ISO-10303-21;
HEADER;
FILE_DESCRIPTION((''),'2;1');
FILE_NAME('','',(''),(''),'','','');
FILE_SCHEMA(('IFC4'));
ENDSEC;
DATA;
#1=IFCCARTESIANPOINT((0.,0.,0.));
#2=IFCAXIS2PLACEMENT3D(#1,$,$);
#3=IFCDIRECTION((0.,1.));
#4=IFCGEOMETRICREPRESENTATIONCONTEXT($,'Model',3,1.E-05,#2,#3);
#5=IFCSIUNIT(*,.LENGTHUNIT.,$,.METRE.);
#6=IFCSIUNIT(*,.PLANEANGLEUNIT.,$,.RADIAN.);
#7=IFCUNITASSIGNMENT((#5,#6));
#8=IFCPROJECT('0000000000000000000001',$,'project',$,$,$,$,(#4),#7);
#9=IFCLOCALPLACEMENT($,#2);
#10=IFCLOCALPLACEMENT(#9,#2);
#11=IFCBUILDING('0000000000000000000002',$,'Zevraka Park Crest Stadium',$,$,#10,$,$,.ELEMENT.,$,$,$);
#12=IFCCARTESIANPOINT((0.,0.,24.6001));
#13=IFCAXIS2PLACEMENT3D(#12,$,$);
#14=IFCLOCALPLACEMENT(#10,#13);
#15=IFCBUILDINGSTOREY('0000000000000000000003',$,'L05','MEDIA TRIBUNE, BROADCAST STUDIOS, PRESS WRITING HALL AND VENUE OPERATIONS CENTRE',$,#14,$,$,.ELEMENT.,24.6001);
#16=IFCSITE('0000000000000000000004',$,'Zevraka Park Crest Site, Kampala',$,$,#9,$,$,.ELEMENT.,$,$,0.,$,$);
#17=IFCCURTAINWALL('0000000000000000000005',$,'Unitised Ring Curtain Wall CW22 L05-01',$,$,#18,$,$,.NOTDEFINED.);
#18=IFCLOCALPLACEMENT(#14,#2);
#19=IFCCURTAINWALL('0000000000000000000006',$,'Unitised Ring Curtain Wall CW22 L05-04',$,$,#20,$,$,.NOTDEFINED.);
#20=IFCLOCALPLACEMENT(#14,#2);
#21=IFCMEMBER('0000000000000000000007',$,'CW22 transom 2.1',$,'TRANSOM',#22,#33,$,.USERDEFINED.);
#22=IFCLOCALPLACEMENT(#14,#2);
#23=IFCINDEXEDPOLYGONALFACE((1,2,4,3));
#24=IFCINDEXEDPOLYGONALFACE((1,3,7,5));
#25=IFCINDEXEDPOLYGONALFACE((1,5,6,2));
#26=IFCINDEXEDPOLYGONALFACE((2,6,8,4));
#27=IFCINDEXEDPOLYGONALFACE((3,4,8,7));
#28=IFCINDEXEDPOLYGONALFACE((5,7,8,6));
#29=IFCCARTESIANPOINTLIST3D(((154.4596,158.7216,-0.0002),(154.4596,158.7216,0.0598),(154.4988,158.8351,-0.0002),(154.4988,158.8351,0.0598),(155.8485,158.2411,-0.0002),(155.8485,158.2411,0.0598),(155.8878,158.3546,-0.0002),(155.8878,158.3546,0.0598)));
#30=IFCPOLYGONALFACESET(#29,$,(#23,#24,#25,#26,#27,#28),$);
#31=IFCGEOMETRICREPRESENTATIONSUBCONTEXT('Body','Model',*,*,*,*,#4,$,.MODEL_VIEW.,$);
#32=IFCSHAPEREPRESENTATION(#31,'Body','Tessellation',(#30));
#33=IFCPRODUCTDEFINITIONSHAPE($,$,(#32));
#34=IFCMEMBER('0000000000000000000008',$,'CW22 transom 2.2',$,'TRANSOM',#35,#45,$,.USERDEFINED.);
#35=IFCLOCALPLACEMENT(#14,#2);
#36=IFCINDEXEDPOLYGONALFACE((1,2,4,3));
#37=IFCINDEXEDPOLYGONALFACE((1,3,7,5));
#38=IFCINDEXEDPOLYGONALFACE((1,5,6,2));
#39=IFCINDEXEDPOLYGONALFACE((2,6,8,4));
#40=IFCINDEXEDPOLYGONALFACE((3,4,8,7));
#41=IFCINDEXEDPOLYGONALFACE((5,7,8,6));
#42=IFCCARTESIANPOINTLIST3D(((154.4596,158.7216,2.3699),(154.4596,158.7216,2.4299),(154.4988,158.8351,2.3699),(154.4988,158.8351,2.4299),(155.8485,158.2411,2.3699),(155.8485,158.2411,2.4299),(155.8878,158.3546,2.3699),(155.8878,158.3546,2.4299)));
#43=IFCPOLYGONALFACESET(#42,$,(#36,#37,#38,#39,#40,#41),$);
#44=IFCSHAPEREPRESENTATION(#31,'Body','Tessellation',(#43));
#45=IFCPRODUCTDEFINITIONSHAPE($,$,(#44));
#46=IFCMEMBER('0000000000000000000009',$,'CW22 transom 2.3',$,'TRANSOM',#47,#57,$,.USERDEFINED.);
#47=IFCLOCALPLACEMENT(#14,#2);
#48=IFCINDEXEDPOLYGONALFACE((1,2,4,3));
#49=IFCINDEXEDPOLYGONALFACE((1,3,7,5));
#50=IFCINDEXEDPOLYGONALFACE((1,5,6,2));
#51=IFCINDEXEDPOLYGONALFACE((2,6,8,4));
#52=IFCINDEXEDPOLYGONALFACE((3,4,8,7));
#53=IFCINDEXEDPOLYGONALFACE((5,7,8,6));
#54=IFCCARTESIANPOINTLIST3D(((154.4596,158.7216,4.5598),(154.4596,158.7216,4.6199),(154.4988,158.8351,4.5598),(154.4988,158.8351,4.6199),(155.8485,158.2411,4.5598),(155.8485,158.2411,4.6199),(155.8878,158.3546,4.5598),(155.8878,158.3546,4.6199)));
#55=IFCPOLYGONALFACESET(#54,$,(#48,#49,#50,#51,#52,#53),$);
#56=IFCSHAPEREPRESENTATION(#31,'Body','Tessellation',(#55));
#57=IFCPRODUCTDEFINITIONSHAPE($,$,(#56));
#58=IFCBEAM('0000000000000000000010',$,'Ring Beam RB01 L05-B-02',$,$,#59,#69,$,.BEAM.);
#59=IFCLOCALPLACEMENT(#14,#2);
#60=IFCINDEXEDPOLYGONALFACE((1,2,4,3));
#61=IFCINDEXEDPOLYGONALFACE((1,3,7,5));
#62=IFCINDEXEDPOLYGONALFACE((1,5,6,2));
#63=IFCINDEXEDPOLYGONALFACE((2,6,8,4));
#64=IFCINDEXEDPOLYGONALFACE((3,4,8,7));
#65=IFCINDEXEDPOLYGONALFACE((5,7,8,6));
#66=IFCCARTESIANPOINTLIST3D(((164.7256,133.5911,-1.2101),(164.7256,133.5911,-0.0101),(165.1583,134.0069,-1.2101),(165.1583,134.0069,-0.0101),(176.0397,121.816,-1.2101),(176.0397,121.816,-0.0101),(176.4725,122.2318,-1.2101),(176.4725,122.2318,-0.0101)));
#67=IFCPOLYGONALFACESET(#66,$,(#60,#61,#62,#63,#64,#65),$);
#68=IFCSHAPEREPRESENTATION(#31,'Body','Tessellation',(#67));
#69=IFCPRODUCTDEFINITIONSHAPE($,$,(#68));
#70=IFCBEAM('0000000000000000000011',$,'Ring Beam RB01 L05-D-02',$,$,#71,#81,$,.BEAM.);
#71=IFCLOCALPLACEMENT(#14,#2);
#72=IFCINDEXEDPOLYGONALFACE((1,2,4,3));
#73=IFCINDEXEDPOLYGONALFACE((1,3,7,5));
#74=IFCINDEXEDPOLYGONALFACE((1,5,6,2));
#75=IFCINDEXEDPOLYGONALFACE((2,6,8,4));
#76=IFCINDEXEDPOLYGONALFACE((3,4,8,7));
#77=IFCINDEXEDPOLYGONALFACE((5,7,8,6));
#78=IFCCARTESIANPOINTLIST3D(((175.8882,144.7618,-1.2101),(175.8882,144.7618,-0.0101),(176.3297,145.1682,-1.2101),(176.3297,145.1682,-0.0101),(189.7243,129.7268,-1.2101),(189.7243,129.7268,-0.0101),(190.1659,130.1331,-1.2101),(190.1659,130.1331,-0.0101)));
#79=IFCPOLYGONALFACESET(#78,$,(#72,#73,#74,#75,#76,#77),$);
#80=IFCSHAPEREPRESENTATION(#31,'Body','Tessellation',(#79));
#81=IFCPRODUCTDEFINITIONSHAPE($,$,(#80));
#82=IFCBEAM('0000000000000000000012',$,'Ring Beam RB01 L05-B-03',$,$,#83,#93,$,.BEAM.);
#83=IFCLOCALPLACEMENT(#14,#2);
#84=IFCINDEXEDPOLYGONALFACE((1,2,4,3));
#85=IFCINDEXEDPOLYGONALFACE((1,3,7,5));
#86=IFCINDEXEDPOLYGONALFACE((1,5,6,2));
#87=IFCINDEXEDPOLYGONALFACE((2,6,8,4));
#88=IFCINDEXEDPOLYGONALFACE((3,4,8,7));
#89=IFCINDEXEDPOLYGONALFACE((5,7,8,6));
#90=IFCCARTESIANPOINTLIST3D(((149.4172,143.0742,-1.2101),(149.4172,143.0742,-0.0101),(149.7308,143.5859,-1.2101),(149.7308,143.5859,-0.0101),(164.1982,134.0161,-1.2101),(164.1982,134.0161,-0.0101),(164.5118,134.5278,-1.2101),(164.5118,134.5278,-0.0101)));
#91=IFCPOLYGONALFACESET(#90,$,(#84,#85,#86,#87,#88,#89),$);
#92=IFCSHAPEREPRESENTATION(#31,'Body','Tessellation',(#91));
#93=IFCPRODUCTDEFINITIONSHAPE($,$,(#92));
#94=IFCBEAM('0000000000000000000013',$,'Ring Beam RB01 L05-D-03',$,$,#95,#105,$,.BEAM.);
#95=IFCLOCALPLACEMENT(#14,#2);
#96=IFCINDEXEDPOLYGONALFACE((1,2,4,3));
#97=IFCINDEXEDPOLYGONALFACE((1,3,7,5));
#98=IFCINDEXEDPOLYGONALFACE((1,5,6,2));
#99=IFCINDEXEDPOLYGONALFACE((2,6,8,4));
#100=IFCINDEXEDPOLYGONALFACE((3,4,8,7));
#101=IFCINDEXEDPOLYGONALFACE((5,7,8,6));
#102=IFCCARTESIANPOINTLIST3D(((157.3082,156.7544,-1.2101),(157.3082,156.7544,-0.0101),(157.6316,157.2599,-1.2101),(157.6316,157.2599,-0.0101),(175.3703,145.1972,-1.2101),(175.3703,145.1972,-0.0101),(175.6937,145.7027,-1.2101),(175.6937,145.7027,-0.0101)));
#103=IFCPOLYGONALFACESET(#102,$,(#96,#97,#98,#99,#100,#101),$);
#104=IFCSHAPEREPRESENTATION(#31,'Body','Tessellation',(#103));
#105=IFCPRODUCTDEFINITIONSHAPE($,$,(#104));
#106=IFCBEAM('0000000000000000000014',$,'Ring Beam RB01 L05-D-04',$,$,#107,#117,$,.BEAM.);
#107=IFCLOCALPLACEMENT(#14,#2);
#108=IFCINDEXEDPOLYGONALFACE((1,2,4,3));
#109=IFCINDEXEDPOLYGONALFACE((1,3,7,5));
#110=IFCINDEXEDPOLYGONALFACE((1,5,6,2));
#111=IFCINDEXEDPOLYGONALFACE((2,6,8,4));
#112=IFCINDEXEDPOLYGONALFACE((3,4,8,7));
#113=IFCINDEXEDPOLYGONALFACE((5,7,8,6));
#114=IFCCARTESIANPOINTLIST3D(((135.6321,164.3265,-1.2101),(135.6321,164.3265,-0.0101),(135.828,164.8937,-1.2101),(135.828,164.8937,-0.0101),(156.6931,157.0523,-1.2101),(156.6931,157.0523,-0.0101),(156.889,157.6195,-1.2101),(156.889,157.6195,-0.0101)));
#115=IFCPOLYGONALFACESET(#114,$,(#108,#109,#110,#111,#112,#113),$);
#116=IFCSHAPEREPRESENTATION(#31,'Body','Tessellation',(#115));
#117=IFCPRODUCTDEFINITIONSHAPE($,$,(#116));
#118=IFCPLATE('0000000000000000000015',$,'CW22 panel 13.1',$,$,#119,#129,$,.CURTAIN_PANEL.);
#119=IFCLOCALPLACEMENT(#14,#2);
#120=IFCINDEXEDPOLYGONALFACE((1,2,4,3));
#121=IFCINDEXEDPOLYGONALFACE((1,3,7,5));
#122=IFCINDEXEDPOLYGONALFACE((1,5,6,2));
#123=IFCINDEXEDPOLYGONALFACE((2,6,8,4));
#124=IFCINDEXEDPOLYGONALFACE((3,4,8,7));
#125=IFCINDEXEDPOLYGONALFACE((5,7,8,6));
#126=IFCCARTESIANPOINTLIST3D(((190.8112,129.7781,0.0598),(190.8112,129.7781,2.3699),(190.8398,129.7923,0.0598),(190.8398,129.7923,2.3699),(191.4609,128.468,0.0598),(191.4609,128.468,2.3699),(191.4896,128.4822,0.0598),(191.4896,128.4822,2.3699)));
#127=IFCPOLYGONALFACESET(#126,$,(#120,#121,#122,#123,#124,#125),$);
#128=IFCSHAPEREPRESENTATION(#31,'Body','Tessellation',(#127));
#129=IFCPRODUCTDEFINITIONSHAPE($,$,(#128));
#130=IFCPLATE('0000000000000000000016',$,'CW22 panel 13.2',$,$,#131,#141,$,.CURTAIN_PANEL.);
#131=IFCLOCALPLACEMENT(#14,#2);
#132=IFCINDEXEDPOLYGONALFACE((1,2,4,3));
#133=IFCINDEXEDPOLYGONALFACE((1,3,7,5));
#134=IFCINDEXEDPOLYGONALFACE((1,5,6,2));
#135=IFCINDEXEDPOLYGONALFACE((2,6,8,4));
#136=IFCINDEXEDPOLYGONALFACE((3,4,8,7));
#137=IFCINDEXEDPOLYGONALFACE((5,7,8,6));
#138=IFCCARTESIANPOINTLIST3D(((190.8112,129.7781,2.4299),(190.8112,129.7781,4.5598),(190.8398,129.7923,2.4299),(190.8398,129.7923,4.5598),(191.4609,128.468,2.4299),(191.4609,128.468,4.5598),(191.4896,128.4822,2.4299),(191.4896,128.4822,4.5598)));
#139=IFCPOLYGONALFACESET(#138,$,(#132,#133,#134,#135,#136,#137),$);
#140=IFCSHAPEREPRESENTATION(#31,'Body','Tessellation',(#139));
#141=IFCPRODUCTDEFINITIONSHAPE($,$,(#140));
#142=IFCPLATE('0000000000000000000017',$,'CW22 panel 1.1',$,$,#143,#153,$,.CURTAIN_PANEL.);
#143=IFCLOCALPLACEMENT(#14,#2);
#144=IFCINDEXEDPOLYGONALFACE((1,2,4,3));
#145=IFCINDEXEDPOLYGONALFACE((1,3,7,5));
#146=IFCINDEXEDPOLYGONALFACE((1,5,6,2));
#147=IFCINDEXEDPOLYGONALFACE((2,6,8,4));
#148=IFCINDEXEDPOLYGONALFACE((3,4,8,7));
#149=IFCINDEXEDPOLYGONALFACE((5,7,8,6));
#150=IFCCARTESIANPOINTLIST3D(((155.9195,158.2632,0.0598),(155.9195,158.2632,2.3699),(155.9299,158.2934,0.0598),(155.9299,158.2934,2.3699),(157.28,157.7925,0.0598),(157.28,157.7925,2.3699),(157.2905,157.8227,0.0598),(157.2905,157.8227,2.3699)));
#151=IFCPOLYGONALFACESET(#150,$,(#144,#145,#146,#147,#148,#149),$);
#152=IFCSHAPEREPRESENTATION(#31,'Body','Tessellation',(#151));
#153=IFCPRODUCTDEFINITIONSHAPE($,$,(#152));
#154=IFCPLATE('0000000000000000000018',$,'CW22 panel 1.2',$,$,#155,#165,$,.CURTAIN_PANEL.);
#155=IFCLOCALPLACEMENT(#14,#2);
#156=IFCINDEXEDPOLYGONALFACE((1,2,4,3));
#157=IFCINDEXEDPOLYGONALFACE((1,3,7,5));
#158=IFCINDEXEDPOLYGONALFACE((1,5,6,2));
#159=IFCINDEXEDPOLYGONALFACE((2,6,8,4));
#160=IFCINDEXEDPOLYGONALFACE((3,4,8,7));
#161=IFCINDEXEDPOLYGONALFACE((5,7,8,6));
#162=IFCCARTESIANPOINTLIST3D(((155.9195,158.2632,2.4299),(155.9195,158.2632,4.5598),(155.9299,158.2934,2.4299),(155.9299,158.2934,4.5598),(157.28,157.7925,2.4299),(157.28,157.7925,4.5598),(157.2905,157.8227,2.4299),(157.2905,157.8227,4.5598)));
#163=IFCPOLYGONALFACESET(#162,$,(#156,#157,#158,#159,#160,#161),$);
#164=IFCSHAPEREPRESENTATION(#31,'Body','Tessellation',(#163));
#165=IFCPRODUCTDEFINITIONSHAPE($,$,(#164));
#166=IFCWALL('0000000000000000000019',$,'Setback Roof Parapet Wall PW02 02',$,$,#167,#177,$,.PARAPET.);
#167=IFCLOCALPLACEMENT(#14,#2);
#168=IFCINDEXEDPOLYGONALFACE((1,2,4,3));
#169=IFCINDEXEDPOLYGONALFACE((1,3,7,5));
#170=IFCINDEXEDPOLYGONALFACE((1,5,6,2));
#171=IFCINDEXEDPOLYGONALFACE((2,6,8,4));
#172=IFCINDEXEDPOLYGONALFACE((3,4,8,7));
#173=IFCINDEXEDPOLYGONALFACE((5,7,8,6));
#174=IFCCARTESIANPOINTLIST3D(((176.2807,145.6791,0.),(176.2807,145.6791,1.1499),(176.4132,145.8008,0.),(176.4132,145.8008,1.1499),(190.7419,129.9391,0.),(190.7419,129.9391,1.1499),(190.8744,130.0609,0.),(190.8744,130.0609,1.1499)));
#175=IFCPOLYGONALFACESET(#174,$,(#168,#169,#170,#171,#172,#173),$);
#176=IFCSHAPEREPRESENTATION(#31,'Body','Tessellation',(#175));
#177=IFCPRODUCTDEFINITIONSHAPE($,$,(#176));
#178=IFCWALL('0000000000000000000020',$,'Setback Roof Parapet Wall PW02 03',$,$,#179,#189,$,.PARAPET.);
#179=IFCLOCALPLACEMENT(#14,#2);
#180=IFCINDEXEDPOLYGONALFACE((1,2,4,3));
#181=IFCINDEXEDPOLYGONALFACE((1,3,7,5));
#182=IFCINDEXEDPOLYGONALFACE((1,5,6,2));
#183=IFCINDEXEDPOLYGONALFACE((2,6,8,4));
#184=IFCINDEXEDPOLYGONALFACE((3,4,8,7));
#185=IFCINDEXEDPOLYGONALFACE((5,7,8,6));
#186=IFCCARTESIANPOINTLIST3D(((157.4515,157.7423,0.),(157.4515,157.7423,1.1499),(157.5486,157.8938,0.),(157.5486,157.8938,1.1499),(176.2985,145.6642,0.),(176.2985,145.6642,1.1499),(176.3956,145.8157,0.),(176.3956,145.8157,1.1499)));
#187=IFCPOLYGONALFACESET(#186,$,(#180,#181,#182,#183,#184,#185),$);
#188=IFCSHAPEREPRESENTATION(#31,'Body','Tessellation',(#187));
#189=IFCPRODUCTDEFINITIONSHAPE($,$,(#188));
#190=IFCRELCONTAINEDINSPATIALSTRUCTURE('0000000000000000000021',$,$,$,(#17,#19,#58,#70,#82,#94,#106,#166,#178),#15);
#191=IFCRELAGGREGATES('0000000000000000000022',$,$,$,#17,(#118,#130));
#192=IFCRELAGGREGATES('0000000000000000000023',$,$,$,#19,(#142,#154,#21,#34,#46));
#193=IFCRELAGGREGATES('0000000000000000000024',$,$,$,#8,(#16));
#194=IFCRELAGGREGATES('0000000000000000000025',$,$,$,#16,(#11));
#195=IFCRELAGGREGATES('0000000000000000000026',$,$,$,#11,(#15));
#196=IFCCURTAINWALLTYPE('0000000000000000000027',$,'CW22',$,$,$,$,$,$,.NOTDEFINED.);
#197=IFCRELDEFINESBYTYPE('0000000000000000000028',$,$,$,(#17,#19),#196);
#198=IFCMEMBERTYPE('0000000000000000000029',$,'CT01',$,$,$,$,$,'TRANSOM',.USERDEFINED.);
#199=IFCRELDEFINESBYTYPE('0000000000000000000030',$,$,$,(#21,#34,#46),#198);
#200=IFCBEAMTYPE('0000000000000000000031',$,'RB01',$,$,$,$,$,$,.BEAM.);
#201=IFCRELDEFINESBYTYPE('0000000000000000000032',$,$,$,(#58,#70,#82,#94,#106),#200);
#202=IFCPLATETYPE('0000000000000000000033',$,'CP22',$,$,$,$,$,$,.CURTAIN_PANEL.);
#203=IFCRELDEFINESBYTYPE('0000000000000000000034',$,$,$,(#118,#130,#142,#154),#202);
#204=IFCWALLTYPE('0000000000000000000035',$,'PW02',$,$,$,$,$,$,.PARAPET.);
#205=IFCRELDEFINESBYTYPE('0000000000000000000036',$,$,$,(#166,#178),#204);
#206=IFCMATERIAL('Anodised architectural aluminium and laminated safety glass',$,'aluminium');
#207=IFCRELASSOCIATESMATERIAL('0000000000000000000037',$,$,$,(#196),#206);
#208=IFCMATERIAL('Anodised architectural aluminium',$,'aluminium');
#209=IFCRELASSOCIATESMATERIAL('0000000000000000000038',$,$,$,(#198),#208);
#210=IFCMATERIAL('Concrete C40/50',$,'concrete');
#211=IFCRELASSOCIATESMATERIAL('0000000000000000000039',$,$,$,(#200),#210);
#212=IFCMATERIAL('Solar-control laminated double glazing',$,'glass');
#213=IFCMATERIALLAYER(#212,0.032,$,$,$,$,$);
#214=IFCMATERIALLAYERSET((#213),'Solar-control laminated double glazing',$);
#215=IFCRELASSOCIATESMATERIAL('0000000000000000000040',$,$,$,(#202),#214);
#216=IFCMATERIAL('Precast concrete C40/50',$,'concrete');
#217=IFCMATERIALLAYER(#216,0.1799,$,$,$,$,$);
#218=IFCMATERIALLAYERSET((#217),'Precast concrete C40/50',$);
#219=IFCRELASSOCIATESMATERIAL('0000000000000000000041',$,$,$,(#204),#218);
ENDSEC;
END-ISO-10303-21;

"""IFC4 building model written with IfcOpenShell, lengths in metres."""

from ifc_helpers import new_model, si_unit, direction, frame, frame_2d, origin, origin_2d, place, context, subcontext, project, spatial, rectangle, extrude, material, layer, layer_set, material_profile, profile_set, type_object, element, aggregate, save


model = new_model("IFC4")

# Units and contexts
model_context = context("Model", 3, precision=1e-05, world=origin(), true_north=direction((0.0, 1.0)))
body_context = subcontext(model_context, "Body", "Model", "MODEL_VIEW")
ifc_project = project(units=[si_unit("LENGTHUNIT", "METRE"), si_unit("PLANEANGLEUNIT", "RADIAN")], contexts=[model_context])

# Site, building, storey
site_placement = place(None, origin())
site = spatial("IfcSite", under=ifc_project, at=site_placement, Name="Zevraka Park Crest Site, Kampala", CompositionType="ELEMENT", RefElevation=0.0)
building_placement = place(site_placement, origin())
building = spatial("IfcBuilding", under=site, at=building_placement, Name="Zevraka Park Crest Stadium", CompositionType="ELEMENT")
storey_placement = place(building_placement, frame((0.0, 0.0, 24.6001)))
storey = spatial("IfcBuildingStorey", under=building, at=storey_placement, Name="L05", Description="MEDIA TRIBUNE, BROADCAST STUDIOS, PRESS WRITING HALL AND VENUE OPERATIONS CENTRE", CompositionType="ELEMENT", Elevation=24.6001)

# Curtain wall
ifc_material_1 = material(Name="Anodised architectural aluminium and laminated safety glass", Category="aluminium")
curtain_wall_type = type_object("IfcCurtainWallType", Name="CW22", PredefinedType="NOTDEFINED", material=ifc_material_1)
curtain_wall_1_placement = place(storey_placement, origin())
curtain_wall_1 = element("IfcCurtainWall", 1, at=curtain_wall_1_placement, inside=storey, type_object=curtain_wall_type, Name="Unitised Ring Curtain Wall CW22 L05-01", PredefinedType="NOTDEFINED")

# Curtain wall
curtain_wall_2_placement = place(storey_placement, origin())
curtain_wall_2 = element("IfcCurtainWall", 2, at=curtain_wall_2_placement, inside=storey, type_object=curtain_wall_type, Name="Unitised Ring Curtain Wall CW22 L05-04", PredefinedType="NOTDEFINED")

# Members
ifc_material_2 = material(Name="Anodised architectural aluminium", Category="aluminium")
ifc_material_profile_1 = material_profile(ifc_material_2, rectangle(XDim=0.1201, YDim=0.0601, at=origin_2d()), Name="ALU TRANSOM 120x60")
ifc_profile_set_1 = profile_set([ifc_material_profile_1], Name="Anodised architectural aluminium")
member_type_1 = type_object("IfcMemberType", Name="CT01", ElementType="TRANSOM", PredefinedType="USERDEFINED", material=ifc_profile_set_1)
member_1_placement = place(storey_placement, frame((155.8682, 158.2979, 0.0298), z_axis=(-0.945051, 0.326922, 0.0), x_axis=(-0.326922, -0.945051, 0.0)))
member_1 = element("IfcMember", 3, at=member_1_placement, type_object=member_type_1, Name="CW22 transom 2.1", ObjectType="TRANSOM", PredefinedType="USERDEFINED", context=body_context, shape_type="SweptSolid", body=[
    extrude(rectangle(XDim=0.1201, YDim=0.0601, at=origin_2d()), origin(), (0.0, 0.0, 1.0), 1.4697),
])
member_2_placement = place(storey_placement, frame((155.8682, 158.2979, 2.3999), z_axis=(-0.945051, 0.326922, 0.0), x_axis=(-0.326922, -0.945051, 0.0)))
member_2 = element("IfcMember", 4, at=member_2_placement, type_object=member_type_1, Name="CW22 transom 2.2", ObjectType="TRANSOM", PredefinedType="USERDEFINED", context=body_context, shape_type="SweptSolid", body=[
    extrude(rectangle(XDim=0.1201, YDim=0.0601, at=origin_2d()), origin(), (0.0, 0.0, 1.0), 1.4697),
])
member_3_placement = place(storey_placement, frame((155.8682, 158.2979, 4.5898), z_axis=(-0.945051, 0.326922, 0.0), x_axis=(-0.326922, -0.945051, 0.0)))
member_3 = element("IfcMember", 5, at=member_3_placement, type_object=member_type_1, Name="CW22 transom 2.3", ObjectType="TRANSOM", PredefinedType="USERDEFINED", context=body_context, shape_type="SweptSolid", body=[
    extrude(rectangle(XDim=0.1201, YDim=0.0601, at=origin_2d()), origin(), (0.0, 0.0, 1.0), 1.4697),
])

# Beams
ifc_material_3 = material(Name="Concrete C40/50", Category="concrete")
ifc_material_profile_2 = material_profile(ifc_material_3, rectangle(XDim=0.6001, YDim=1.2, at=origin_2d()), Name="RC 1200x600")
ifc_profile_set_2 = profile_set([ifc_material_profile_2], Name="Concrete C40/50")
beam_type_1 = type_object("IfcBeamType", Name="RB01", PredefinedType="BEAM", material=ifc_profile_set_2)
beam_1_placement = place(storey_placement, frame((176.2561, 122.0239, -0.6101), z_axis=(-0.692853, 0.721079, 0.0), x_axis=(-0.721079, -0.692853, 0.0)))
element("IfcBeam", 6, at=beam_1_placement, inside=storey, type_object=beam_type_1, Name="Ring Beam RB01 L05-B-02", PredefinedType="BEAM", context=body_context, shape_type="SweptSolid", body=[
    extrude(rectangle(XDim=0.6001, YDim=1.2, at=origin_2d()), origin(), (0.0, 0.0, 1.0), 16.3298),
])
beam_2_placement = place(storey_placement, frame((189.9451, 129.9299, -0.6101), z_axis=(-0.677158, 0.735837, 0.0), x_axis=(-0.735837, -0.677158, 0.0)))
element("IfcBeam", 7, at=beam_2_placement, inside=storey, type_object=beam_type_1, Name="Ring Beam RB01 L05-D-02", PredefinedType="BEAM", context=body_context, shape_type="SweptSolid", body=[
    extrude(rectangle(XDim=0.6001, YDim=1.2, at=origin_2d()), origin(), (0.0, 0.0, 1.0), 20.4326),
])
beam_3_placement = place(storey_placement, frame((164.355, 134.272, -0.6101), z_axis=(-0.852633, 0.522511, 0.0), x_axis=(-0.522511, -0.852633, 0.0)))
element("IfcBeam", 8, at=beam_3_placement, inside=storey, type_object=beam_type_1, Name="Ring Beam RB01 L05-B-03", PredefinedType="BEAM", context=body_context, shape_type="SweptSolid", body=[
    extrude(rectangle(XDim=0.6001, YDim=1.2, at=origin_2d()), origin(), (0.0, 0.0, 1.0), 17.3357),
])
beam_4_placement = place(storey_placement, frame((175.532, 145.45, -0.6101), z_axis=(-0.842326, 0.538969, 0.0), x_axis=(-0.538969, -0.842326, 0.0)))
element("IfcBeam", 9, at=beam_4_placement, inside=storey, type_object=beam_type_1, Name="Ring Beam RB01 L05-D-03", PredefinedType="BEAM", context=body_context, shape_type="SweptSolid", body=[
    extrude(rectangle(XDim=0.6001, YDim=1.2, at=origin_2d()), origin(), (0.0, 0.0, 1.0), 21.4431),
])
beam_5_placement = place(storey_placement, frame((156.791, 157.3359, -0.6101), z_axis=(-0.94521, 0.326462, 0.0), x_axis=(-0.326462, -0.94521, 0.0)))
element("IfcBeam", 10, at=beam_5_placement, inside=storey, type_object=beam_type_1, Name="Ring Beam RB01 L05-D-04", PredefinedType="BEAM", context=body_context, shape_type="SweptSolid", body=[
    extrude(rectangle(XDim=0.6001, YDim=1.2, at=origin_2d()), origin(), (0.0, 0.0, 1.0), 22.2817),
])

# Plates
ifc_material_4 = material(Name="Solar-control laminated double glazing", Category="glass")
ifc_layer_1 = layer(ifc_material_4, 0.032)
ifc_layer_set_1 = layer_set([ifc_layer_1], Name="Solar-control laminated double glazing")
plate_type = type_object("IfcPlateType", Name="CP22", PredefinedType="CURTAIN_PANEL", material=ifc_layer_set_1)
plate_1_placement = place(storey_placement, frame((191.1504, 129.1301, 0.0598), z_axis=(0.0, 0.0, 1.0), x_axis=(-0.444297, 0.895879, 0.0)))
plate_1 = element("IfcPlate", 11, at=plate_1_placement, type_object=plate_type, Name="CW22 panel 13.1", PredefinedType="CURTAIN_PANEL", context=body_context, shape_type="SweptSolid", body=[
    extrude(rectangle(XDim=1.4624, YDim=0.032, at=origin_2d()), origin(), (0.0, 0.0, 1.0), 2.3101),
])
plate_2_placement = place(storey_placement, frame((191.1504, 129.1301, 2.4299), z_axis=(0.0, 0.0, 1.0), x_axis=(-0.444297, 0.895879, 0.0)))
plate_2 = element("IfcPlate", 12, at=plate_2_placement, type_object=plate_type, Name="CW22 panel 13.2", PredefinedType="CURTAIN_PANEL", context=body_context, shape_type="SweptSolid", body=[
    extrude(rectangle(XDim=1.4624, YDim=0.032, at=origin_2d()), origin(), (0.0, 0.0, 1.0), 2.1299),
])
aggregate(curtain_wall_1, [plate_1, plate_2])
plate_3_placement = place(storey_placement, frame((156.605, 158.043, 0.0598), z_axis=(0.0, 0.0, 1.0), x_axis=(-0.945049, 0.326929, 0.0)))
plate_3 = element("IfcPlate", 13, at=plate_3_placement, type_object=plate_type, Name="CW22 panel 1.1", PredefinedType="CURTAIN_PANEL", context=body_context, shape_type="SweptSolid", body=[
    extrude(rectangle(XDim=1.4397, YDim=0.032, at=origin_2d()), origin(), (0.0, 0.0, 1.0), 2.3101),
])
plate_4_placement = place(storey_placement, frame((156.605, 158.043, 2.4299), z_axis=(0.0, 0.0, 1.0), x_axis=(-0.945049, 0.326929, 0.0)))
plate_4 = element("IfcPlate", 14, at=plate_4_placement, type_object=plate_type, Name="CW22 panel 1.2", PredefinedType="CURTAIN_PANEL", context=body_context, shape_type="SweptSolid", body=[
    extrude(rectangle(XDim=1.4397, YDim=0.032, at=origin_2d()), origin(), (0.0, 0.0, 1.0), 2.1299),
])
aggregate(curtain_wall_2, [plate_3, plate_4, member_1, member_2, member_3])

# Walls
ifc_material_5 = material(Name="Precast concrete C40/50", Category="concrete")
ifc_layer_2 = layer(ifc_material_5, 0.1799)
ifc_layer_set_2 = layer_set([ifc_layer_2], Name="Precast concrete C40/50")
wall_type_1 = type_object("IfcWallType", Name="PW02", PredefinedType="PARAPET", material=ifc_layer_set_2)
wall_1_placement = place(storey_placement, frame((190.8081, 130.0, 0.0), z_axis=(0.0, 0.0, 1.0), x_axis=(-0.67656, 0.736388, 0.0)))
element("IfcWall", 15, at=wall_1_placement, inside=storey, type_object=wall_type_1, Name="Setback Roof Parapet Wall PW02 02", PredefinedType="PARAPET", context=body_context, shape_type="SweptSolid", body=[
    extrude(rectangle(XDim=21.3745, YDim=0.1799, at=frame_2d((10.6873, 0.0))), origin(), (0.0, 0.0, 1.0), 1.1499),
])
wall_2_placement = place(storey_placement, frame((176.3469, 145.74, 0.0), z_axis=(0.0, 0.0, 1.0), x_axis=(-0.841945, 0.539564, 0.0)))
element("IfcWall", 16, at=wall_2_placement, inside=storey, type_object=wall_type_1, Name="Setback Roof Parapet Wall PW02 03", PredefinedType="PARAPET", context=body_context, shape_type="SweptSolid", body=[
    extrude(rectangle(XDim=22.385, YDim=0.1799, at=frame_2d((11.1924, 0.0))), origin(), (0.0, 0.0, 1.0), 1.1499),
])

save(model, "model.ifc")
